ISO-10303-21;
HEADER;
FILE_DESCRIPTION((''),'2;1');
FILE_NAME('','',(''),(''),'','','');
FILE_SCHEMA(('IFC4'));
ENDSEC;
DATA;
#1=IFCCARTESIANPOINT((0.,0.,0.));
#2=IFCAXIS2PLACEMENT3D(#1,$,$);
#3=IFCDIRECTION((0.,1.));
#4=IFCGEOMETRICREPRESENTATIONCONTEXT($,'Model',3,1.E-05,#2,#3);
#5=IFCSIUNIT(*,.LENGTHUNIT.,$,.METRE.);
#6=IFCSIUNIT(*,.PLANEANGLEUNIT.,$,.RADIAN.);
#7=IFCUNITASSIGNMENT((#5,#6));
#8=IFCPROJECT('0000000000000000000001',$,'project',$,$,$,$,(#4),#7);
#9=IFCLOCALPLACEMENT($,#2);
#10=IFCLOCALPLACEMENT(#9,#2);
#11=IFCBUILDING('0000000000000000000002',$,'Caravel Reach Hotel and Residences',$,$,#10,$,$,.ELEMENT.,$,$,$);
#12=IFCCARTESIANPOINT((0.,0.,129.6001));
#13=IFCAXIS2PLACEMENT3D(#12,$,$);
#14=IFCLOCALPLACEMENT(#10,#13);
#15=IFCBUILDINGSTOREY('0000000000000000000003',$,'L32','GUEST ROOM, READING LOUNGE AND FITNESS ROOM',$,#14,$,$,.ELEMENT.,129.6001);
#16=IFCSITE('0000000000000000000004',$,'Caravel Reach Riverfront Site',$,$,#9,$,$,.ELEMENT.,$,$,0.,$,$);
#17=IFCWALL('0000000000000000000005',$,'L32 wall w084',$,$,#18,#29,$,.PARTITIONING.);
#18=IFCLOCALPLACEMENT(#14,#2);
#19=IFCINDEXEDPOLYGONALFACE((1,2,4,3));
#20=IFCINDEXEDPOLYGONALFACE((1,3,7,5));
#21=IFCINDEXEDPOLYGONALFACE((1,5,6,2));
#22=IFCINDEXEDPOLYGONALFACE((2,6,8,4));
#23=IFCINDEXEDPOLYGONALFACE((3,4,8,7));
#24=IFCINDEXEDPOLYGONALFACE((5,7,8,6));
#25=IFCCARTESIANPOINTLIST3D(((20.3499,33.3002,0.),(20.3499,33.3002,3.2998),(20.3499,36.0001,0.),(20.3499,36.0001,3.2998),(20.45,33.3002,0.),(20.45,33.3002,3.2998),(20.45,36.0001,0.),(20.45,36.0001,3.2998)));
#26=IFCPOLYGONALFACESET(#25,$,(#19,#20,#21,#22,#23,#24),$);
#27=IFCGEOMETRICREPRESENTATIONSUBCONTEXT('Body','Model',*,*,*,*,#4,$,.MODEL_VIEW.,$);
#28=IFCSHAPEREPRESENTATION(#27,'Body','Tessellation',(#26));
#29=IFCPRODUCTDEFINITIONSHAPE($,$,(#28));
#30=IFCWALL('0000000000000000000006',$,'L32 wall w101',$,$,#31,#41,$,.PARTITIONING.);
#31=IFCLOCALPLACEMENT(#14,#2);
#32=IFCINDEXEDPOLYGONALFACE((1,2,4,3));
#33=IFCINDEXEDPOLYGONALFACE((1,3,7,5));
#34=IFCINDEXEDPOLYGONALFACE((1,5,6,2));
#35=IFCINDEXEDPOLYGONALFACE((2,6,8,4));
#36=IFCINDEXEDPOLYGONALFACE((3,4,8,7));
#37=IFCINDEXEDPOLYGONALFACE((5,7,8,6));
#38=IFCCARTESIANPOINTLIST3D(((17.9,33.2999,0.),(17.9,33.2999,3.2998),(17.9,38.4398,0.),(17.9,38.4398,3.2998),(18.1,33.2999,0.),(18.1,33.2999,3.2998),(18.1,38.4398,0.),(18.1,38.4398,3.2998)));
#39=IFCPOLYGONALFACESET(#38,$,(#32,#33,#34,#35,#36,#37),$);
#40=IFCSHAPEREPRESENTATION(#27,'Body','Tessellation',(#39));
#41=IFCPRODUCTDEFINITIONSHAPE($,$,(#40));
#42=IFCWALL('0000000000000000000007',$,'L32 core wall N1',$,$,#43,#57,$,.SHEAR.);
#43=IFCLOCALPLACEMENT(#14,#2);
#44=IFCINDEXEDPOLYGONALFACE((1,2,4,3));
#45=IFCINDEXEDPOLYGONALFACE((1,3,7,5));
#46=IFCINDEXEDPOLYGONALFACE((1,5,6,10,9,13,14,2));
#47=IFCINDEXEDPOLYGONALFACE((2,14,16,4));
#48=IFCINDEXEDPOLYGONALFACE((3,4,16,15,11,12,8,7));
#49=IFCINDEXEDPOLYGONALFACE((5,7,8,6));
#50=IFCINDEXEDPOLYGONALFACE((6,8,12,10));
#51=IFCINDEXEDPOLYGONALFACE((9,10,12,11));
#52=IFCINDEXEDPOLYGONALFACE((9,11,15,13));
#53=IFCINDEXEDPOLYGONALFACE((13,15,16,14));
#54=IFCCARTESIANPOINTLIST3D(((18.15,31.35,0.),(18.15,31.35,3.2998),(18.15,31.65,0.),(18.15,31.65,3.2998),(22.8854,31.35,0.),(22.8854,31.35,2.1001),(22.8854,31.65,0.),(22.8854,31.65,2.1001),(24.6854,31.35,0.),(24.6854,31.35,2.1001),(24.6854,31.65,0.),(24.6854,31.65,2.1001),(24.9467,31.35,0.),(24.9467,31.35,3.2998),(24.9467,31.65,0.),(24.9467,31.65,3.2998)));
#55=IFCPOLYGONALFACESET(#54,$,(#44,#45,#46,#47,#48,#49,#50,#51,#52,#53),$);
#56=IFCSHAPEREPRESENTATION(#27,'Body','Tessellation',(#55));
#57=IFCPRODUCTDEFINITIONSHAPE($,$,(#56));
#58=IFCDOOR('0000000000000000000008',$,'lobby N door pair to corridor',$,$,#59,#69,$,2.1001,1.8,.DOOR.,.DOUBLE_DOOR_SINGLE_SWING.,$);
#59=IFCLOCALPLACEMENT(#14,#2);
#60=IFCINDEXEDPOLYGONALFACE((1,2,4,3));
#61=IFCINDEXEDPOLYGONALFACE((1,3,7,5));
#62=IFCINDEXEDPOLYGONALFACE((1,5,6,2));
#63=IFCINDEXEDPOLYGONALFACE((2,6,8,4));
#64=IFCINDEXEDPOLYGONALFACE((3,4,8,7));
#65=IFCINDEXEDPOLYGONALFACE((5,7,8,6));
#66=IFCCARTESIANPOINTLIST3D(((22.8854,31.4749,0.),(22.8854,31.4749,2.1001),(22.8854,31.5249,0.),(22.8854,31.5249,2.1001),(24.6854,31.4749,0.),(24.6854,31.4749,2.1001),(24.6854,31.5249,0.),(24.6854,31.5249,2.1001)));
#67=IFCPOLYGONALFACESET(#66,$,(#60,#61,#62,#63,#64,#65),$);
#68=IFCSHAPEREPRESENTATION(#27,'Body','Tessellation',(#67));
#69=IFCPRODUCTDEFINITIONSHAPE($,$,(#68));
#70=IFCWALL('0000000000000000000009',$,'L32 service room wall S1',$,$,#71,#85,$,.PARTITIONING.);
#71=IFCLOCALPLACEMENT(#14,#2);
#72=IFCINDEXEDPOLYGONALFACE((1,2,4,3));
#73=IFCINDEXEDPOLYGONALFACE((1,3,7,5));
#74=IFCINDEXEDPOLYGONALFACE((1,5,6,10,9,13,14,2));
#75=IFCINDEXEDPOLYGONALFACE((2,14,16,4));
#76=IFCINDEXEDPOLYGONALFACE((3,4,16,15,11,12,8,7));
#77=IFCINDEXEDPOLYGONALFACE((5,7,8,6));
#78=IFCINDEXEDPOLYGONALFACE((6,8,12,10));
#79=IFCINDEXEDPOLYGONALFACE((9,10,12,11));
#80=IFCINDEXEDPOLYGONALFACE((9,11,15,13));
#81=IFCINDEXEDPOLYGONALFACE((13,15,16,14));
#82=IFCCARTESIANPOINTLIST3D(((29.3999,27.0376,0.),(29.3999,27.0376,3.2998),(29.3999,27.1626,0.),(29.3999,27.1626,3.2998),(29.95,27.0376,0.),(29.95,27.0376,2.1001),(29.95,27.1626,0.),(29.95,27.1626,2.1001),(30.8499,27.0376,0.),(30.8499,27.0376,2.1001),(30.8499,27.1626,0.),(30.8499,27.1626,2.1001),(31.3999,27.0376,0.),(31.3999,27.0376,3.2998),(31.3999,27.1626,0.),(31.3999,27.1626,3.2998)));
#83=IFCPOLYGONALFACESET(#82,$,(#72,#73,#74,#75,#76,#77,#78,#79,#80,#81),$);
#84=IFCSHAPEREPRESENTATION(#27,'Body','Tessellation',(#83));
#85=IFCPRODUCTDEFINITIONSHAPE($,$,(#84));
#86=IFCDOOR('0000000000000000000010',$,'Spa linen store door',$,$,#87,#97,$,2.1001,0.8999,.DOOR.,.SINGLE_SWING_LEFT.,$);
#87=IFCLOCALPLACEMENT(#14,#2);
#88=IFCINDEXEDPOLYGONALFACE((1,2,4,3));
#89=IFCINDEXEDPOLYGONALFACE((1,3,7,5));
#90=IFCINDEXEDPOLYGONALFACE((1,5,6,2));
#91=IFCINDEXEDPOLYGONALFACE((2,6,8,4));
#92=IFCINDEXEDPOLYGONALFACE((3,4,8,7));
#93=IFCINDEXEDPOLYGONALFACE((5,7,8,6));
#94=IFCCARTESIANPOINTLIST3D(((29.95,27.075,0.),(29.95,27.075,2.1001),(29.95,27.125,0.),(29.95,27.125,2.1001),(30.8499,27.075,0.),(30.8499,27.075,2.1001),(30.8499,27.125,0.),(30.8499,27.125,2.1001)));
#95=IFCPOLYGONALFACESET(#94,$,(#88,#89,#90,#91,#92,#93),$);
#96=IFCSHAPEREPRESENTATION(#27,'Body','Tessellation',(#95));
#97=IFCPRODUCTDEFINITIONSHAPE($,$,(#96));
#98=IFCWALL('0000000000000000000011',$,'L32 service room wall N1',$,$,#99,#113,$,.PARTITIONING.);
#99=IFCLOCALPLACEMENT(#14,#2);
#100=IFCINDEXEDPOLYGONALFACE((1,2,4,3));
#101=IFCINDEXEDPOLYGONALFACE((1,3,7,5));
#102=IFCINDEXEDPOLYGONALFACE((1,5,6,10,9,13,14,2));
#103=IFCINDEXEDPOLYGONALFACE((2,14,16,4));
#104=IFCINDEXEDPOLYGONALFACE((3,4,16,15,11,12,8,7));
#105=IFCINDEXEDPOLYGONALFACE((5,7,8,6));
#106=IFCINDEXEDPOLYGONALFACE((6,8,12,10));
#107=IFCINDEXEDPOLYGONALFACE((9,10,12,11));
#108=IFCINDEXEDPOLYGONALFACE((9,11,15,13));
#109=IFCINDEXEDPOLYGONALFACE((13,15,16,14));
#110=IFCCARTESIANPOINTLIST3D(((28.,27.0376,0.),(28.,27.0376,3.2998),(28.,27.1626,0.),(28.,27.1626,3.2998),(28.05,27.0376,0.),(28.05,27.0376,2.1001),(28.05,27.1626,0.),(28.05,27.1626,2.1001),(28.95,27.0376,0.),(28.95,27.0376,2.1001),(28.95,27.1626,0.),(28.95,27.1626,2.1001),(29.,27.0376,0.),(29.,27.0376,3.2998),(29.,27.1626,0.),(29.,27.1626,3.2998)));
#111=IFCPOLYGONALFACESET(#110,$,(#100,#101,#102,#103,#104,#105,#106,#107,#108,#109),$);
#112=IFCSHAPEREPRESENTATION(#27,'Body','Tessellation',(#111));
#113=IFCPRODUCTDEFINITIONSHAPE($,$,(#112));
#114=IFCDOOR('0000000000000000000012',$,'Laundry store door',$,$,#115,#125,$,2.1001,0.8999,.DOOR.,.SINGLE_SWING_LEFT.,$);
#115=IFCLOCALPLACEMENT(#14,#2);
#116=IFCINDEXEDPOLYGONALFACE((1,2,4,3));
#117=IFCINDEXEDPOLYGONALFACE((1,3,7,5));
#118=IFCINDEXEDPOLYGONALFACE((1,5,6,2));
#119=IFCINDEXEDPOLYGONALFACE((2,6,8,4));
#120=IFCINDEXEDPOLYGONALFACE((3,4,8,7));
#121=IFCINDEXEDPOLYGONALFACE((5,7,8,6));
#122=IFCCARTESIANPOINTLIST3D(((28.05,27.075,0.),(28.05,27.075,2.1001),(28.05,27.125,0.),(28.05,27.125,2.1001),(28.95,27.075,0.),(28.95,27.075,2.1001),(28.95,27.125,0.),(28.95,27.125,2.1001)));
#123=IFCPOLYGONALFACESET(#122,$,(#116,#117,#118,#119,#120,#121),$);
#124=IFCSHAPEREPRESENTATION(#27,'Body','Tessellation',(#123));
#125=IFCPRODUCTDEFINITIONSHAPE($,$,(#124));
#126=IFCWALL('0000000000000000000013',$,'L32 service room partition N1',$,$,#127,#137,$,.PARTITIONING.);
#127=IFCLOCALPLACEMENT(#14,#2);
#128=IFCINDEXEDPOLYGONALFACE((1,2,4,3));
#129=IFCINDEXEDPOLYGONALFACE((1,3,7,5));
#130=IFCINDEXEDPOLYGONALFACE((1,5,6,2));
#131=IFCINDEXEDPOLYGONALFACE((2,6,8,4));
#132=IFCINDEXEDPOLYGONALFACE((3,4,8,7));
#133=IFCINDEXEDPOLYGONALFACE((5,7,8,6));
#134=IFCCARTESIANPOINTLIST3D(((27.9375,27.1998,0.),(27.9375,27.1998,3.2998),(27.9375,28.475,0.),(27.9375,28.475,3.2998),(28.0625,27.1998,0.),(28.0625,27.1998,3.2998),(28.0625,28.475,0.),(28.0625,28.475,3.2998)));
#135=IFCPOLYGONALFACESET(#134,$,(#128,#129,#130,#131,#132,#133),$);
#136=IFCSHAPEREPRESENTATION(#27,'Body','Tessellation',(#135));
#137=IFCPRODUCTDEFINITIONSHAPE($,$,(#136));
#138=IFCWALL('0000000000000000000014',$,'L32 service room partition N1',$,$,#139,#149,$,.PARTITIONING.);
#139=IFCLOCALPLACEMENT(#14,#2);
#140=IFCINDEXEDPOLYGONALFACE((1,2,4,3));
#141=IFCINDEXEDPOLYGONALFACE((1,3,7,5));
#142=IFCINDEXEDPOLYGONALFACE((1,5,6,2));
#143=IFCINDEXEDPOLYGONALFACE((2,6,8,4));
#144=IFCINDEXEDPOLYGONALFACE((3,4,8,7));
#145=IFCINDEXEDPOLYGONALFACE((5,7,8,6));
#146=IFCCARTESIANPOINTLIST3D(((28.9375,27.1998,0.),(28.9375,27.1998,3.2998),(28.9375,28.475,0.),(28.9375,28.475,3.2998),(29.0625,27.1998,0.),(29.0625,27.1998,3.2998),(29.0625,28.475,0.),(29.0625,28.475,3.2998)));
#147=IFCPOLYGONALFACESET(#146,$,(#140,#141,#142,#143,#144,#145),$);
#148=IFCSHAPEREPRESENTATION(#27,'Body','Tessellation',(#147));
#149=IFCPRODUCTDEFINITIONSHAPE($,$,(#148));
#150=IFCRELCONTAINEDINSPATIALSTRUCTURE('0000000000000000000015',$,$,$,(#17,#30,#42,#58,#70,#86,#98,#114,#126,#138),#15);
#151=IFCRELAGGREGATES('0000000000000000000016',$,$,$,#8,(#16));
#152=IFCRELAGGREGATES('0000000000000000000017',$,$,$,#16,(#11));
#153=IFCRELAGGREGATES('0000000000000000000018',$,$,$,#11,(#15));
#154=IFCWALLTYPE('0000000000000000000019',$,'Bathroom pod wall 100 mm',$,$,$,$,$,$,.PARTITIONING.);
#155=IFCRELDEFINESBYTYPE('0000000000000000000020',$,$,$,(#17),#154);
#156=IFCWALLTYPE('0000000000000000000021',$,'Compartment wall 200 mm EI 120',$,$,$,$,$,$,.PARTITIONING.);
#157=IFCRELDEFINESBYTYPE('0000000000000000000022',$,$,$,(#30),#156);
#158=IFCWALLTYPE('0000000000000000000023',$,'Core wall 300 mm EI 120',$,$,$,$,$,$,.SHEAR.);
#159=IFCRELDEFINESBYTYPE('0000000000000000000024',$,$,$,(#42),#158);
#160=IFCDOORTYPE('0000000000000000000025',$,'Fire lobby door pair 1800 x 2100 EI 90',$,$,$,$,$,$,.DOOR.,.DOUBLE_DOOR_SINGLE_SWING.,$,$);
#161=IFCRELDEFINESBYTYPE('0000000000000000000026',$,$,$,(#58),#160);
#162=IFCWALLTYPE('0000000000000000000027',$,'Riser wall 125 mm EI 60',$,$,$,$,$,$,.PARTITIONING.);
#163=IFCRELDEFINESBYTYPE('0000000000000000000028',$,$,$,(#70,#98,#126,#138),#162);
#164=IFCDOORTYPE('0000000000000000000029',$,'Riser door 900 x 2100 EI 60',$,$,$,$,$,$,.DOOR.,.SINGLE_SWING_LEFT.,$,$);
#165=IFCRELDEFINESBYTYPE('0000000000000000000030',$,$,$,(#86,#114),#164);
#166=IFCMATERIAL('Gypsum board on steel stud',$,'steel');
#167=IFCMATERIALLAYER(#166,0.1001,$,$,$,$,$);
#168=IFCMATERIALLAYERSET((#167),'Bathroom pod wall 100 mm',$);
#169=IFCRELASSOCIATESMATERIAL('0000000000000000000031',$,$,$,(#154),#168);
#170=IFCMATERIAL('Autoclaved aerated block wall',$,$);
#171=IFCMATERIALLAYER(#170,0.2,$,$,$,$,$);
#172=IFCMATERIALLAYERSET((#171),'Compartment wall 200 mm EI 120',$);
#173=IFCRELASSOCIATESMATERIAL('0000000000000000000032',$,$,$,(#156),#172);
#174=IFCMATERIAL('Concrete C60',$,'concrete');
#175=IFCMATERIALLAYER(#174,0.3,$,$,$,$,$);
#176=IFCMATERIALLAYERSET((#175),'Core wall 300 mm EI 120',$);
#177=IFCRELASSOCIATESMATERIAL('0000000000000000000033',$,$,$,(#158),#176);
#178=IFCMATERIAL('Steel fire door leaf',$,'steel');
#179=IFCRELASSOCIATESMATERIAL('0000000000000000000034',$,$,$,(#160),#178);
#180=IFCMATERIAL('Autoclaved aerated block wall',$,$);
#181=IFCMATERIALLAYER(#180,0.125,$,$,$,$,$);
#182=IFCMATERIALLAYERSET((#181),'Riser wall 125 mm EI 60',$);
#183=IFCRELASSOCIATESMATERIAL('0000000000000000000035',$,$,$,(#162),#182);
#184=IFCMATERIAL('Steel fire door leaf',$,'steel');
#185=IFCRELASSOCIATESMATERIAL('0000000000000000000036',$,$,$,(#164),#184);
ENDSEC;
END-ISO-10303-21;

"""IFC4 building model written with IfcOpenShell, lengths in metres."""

from ifc_helpers import new_model, si_unit, direction, frame, frame_2d, origin, place, context, subcontext, project, spatial, rectangle, extrude, material, layer, layer_set, type_object, element, fill, save


model = new_model("IFC4")

# Units and contexts
model_context = context("Model", 3, precision=1e-05, world=origin(), true_north=direction((0.0, 1.0)))
body_context = subcontext(model_context, "Body", "Model", "MODEL_VIEW")
ifc_project = project(units=[si_unit("LENGTHUNIT", "METRE"), si_unit("PLANEANGLEUNIT", "RADIAN")], contexts=[model_context])

# Site, building, storey
site_placement = place(None, origin())
site = spatial("IfcSite", under=ifc_project, at=site_placement, Name="Caravel Reach Riverfront Site", CompositionType="ELEMENT", RefElevation=0.0)
building_placement = place(site_placement, origin())
building = spatial("IfcBuilding", under=site, at=building_placement, Name="Caravel Reach Hotel and Residences", CompositionType="ELEMENT")
storey_placement = place(building_placement, frame((0.0, 0.0, 129.6001)))
storey = spatial("IfcBuildingStorey", under=building, at=storey_placement, Name="L32", Description="GUEST ROOM, READING LOUNGE AND FITNESS ROOM", CompositionType="ELEMENT", Elevation=129.6001)

# Walls
ifc_material_1 = material(Name="Gypsum board on steel stud", Category="steel")
ifc_layer_1 = layer(ifc_material_1, 0.1001)
ifc_layer_set_1 = layer_set([ifc_layer_1], Name="Bathroom pod wall 100 mm")
wall_type_1 = type_object("IfcWallType", Name="Bathroom pod wall 100 mm", PredefinedType="PARTITIONING", material=ifc_layer_set_1)
wall_1_placement = place(storey_placement, frame((20.3999, 33.3, 0.0), z_axis=(0.0, 0.0, 1.0), x_axis=(0.0, 1.0, 0.0)))
element("IfcWall", 1, at=wall_1_placement, inside=storey, type_object=wall_type_1, Name="L32 wall w084", PredefinedType="PARTITIONING", context=body_context, shape_type="SweptSolid", body=[
    extrude(rectangle(XDim=2.7, YDim=0.1001, at=frame_2d((1.3501, 0.0))), origin(), (0.0, 0.0, 1.0), 3.2998),
])
ifc_material_2 = material(Name="Autoclaved aerated block wall")
ifc_layer_2 = layer(ifc_material_2, 0.2)
ifc_layer_set_2 = layer_set([ifc_layer_2], Name="Compartment wall 200 mm EI 120")
wall_type_2 = type_object("IfcWallType", Name="Compartment wall 200 mm EI 120", PredefinedType="PARTITIONING", material=ifc_layer_set_2)
wall_2_placement = place(storey_placement, frame((18.0, 33.3, 0.0), z_axis=(0.0, 0.0, 1.0), x_axis=(0.0, 1.0, 0.0)))
element("IfcWall", 2, at=wall_2_placement, inside=storey, type_object=wall_type_2, Name="L32 wall w101", PredefinedType="PARTITIONING", context=body_context, shape_type="SweptSolid", body=[
    extrude(rectangle(XDim=5.1399, YDim=0.2, at=frame_2d((2.5698, 0.0))), origin(), (0.0, 0.0, 1.0), 3.2998),
])

# Walls, openings, doors
ifc_material_3 = material(Name="Concrete C60", Category="concrete")
ifc_layer_3 = layer(ifc_material_3, 0.3)
ifc_layer_set_3 = layer_set([ifc_layer_3], Name="Core wall 300 mm EI 120")
wall_type_3 = type_object("IfcWallType", Name="Core wall 300 mm EI 120", PredefinedType="SHEAR", material=ifc_layer_set_3)
wall_3_placement = place(storey_placement, frame((18.1499, 31.5, 0.0), z_axis=(0.0, 0.0, 1.0), x_axis=(1.0, 0.0, 0.0)))
wall_3 = element("IfcWall", 3, at=wall_3_placement, inside=storey, type_object=wall_type_3, Name="L32 core wall N1", PredefinedType="SHEAR", context=body_context, shape_type="SweptSolid", body=[
    extrude(rectangle(XDim=6.7966, YDim=0.3, at=frame_2d((3.3984, 0.0))), origin(), (0.0, 0.0, 1.0), 3.2998),
])
opening_1_placement = place(wall_3_placement, frame((4.7356, 0.0, 0.0)))
opening_1 = element("IfcOpeningElement", 4, at=opening_1_placement, cuts=wall_3, PredefinedType="OPENING", context=body_context, shape_type="SweptSolid", body=[
    extrude(rectangle(XDim=1.8, YDim=2.1001, at=frame_2d((0.8999, 1.05))), frame((0.0, 0.1599, 0.0), z_axis=(0.0, -1.0, 0.0), x_axis=(1.0, 0.0, 0.0)), (0.0, 0.0, 1.0), 0.3201),
])
ifc_material_4 = material(Name="Steel fire door leaf", Category="steel")
door_type_1 = type_object("IfcDoorType", Name="Fire lobby door pair 1800 x 2100 EI 90", OperationType="DOUBLE_DOOR_SINGLE_SWING", PredefinedType="DOOR", material=ifc_material_4)
door_1_placement = place(opening_1_placement, origin())
door_1 = element("IfcDoor", 5, at=door_1_placement, inside=storey, type_object=door_type_1, Name="lobby N door pair to corridor", OperationType="DOUBLE_DOOR_SINGLE_SWING", OverallHeight=2.1001, OverallWidth=1.8, PredefinedType="DOOR", context=body_context, shape_type="SweptSolid", body=[
    extrude(rectangle(XDim=1.8, YDim=2.1001, at=frame_2d((0.8999, 1.05))), frame((0.0, 0.0249, 0.0), z_axis=(0.0, -1.0, 0.0), x_axis=(1.0, 0.0, 0.0)), (0.0, 0.0, 1.0), 0.05),
])
fill(opening_1, door_1)
ifc_material_5 = material(Name="Autoclaved aerated block wall")
ifc_layer_4 = layer(ifc_material_5, 0.125)
ifc_layer_set_4 = layer_set([ifc_layer_4], Name="Riser wall 125 mm EI 60")
wall_type_4 = type_object("IfcWallType", Name="Riser wall 125 mm EI 60", PredefinedType="PARTITIONING", material=ifc_layer_set_4)
wall_4_placement = place(storey_placement, frame((29.3999, 27.1001, 0.0), z_axis=(0.0, 0.0, 1.0), x_axis=(1.0, 0.0, 0.0)))
wall_4 = element("IfcWall", 6, at=wall_4_placement, inside=storey, type_object=wall_type_4, Name="L32 service room wall S1", PredefinedType="PARTITIONING", context=body_context, shape_type="SweptSolid", body=[
    extrude(rectangle(XDim=2.0, YDim=0.125, at=frame_2d((1.0, 0.0))), origin(), (0.0, 0.0, 1.0), 3.2998),
])
opening_2_placement = place(wall_4_placement, frame((0.55, 0.0, 0.0)))
opening_2 = element("IfcOpeningElement", 7, at=opening_2_placement, cuts=wall_4, PredefinedType="OPENING", context=body_context, shape_type="SweptSolid", body=[
    extrude(rectangle(XDim=0.8999, YDim=2.1001, at=frame_2d((0.45, 1.05))), frame((0.0, 0.0725, 0.0), z_axis=(0.0, -1.0, 0.0), x_axis=(1.0, 0.0, 0.0)), (0.0, 0.0, 1.0), 0.145),
])
ifc_material_6 = material(Name="Steel fire door leaf", Category="steel")
door_type_2 = type_object("IfcDoorType", Name="Riser door 900 x 2100 EI 60", OperationType="SINGLE_SWING_LEFT", PredefinedType="DOOR", material=ifc_material_6)
door_2_placement = place(opening_2_placement, origin())
door_2 = element("IfcDoor", 8, at=door_2_placement, inside=storey, type_object=door_type_2, Name="Spa linen store door", OperationType="SINGLE_SWING_LEFT", OverallHeight=2.1001, OverallWidth=0.8999, PredefinedType="DOOR", context=body_context, shape_type="SweptSolid", body=[
    extrude(rectangle(XDim=0.8999, YDim=2.1001, at=frame_2d((0.45, 1.05))), frame((0.0, 0.0249, 0.0), z_axis=(0.0, -1.0, 0.0), x_axis=(1.0, 0.0, 0.0)), (0.0, 0.0, 1.0), 0.05),
])
fill(opening_2, door_2)
wall_5_placement = place(storey_placement, frame((28.0, 27.1001, 0.0), z_axis=(0.0, 0.0, 1.0), x_axis=(1.0, 0.0, 0.0)))
wall_5 = element("IfcWall", 9, at=wall_5_placement, inside=storey, type_object=wall_type_4, Name="L32 service room wall N1", PredefinedType="PARTITIONING", context=body_context, shape_type="SweptSolid", body=[
    extrude(rectangle(XDim=1.0, YDim=0.125, at=frame_2d((0.5, 0.0))), origin(), (0.0, 0.0, 1.0), 3.2998),
])
opening_3_placement = place(wall_5_placement, frame((0.05, 0.0, 0.0)))
opening_3 = element("IfcOpeningElement", 10, at=opening_3_placement, cuts=wall_5, PredefinedType="OPENING", context=body_context, shape_type="SweptSolid", body=[
    extrude(rectangle(XDim=0.8999, YDim=2.1001, at=frame_2d((0.45, 1.05))), frame((0.0, 0.0725, 0.0), z_axis=(0.0, -1.0, 0.0), x_axis=(1.0, 0.0, 0.0)), (0.0, 0.0, 1.0), 0.145),
])
door_3_placement = place(opening_3_placement, origin())
door_3 = element("IfcDoor", 11, at=door_3_placement, inside=storey, type_object=door_type_2, Name="Laundry store door", OperationType="SINGLE_SWING_LEFT", OverallHeight=2.1001, OverallWidth=0.8999, PredefinedType="DOOR", context=body_context, shape_type="SweptSolid", body=[
    extrude(rectangle(XDim=0.8999, YDim=2.1001, at=frame_2d((0.45, 1.05))), frame((0.0, 0.0249, 0.0), z_axis=(0.0, -1.0, 0.0), x_axis=(1.0, 0.0, 0.0)), (0.0, 0.0, 1.0), 0.05),
])
fill(opening_3, door_3)

# Walls
for number, where, z_axis, x_axis, name in (
    (12, (28.0, 28.4751, 0.0), (0.0, 0.0, 1.0), (0.0, -1.0, 0.0), "L32 service room partition N1"),
    (13, (29.0, 28.4751, 0.0), (0.0, 0.0, 1.0), (0.0, -1.0, 0.0), "L32 service room partition N1"),
):
    element("IfcWall", number, at=place(storey_placement, frame(where, z_axis=z_axis, x_axis=x_axis)), inside=storey, type_object=wall_type_4, Name=name, PredefinedType="PARTITIONING", context=body_context, shape_type="SweptSolid", body=[
        extrude(rectangle(XDim=1.2751, YDim=0.125, at=frame_2d((0.6377, 0.0))), origin(), (0.0, 0.0, 1.0), 3.2998),
    ])

save(model, "model.ifc")
